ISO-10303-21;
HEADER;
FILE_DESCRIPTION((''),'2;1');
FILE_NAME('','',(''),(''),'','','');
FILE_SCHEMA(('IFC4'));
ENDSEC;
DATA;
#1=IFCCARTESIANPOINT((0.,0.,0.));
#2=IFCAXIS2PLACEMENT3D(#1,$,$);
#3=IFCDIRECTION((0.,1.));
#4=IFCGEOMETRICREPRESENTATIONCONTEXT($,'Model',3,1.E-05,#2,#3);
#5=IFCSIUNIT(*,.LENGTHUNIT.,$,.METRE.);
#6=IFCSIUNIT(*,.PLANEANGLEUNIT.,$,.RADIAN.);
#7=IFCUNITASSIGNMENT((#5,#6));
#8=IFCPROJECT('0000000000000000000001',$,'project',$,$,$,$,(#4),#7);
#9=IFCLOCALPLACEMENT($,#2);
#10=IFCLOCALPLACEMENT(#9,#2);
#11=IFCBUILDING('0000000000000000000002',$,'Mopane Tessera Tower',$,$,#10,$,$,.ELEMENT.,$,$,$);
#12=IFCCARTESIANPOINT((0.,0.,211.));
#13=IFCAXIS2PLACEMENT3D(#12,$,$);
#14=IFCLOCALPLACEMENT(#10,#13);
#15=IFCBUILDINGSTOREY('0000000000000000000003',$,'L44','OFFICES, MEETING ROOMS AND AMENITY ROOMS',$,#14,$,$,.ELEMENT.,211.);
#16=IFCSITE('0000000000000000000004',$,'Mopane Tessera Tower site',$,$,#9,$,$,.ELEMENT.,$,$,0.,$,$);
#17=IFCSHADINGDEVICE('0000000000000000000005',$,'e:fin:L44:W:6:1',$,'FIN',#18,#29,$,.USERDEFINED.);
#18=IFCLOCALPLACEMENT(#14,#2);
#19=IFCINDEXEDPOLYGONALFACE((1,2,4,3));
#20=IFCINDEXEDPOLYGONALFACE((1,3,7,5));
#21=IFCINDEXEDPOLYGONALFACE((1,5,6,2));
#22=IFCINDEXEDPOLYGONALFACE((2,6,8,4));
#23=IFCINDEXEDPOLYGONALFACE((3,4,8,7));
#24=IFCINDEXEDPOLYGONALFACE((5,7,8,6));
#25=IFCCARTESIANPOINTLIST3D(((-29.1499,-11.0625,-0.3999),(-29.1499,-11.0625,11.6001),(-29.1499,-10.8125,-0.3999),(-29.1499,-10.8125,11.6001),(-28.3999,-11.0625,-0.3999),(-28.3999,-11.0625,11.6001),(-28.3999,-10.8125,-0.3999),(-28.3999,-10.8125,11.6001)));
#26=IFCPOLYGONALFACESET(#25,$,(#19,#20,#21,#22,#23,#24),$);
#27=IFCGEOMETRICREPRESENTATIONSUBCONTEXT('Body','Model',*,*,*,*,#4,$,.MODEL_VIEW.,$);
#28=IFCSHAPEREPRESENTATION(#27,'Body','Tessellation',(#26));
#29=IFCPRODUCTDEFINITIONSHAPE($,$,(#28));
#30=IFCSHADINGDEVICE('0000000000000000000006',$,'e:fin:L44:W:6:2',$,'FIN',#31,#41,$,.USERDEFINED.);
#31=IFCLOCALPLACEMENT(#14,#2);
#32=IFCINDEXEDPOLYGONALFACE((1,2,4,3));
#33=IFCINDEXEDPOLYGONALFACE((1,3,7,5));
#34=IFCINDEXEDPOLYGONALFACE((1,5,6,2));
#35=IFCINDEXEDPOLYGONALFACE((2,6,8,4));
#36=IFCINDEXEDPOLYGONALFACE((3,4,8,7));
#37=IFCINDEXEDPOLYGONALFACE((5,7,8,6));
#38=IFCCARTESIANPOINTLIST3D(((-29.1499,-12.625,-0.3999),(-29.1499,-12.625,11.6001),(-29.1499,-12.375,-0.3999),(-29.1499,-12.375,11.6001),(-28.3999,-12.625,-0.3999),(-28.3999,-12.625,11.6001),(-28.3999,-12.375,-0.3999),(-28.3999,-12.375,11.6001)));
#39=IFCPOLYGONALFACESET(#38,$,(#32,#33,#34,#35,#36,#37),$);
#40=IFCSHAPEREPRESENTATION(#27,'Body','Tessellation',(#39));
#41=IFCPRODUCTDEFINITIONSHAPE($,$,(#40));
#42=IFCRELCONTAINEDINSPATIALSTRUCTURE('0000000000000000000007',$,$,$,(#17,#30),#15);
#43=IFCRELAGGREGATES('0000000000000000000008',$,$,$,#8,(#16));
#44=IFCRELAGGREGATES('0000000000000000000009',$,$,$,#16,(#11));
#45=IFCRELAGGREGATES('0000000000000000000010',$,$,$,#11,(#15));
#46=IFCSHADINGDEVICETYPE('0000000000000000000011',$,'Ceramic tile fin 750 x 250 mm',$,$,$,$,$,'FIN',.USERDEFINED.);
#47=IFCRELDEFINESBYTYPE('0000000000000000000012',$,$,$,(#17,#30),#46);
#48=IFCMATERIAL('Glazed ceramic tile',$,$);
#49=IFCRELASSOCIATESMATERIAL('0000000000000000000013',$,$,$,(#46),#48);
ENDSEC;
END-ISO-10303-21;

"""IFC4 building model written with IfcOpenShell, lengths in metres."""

from ifc_helpers import new_model, si_unit, direction, frame, origin, origin_2d, place, context, subcontext, project, spatial, rectangle, extrude, material, type_object, element, save


model = new_model("IFC4")

# Units and contexts
model_context = context("Model", 3, precision=1e-05, world=origin(), true_north=direction((0.0, 1.0)))
body_context = subcontext(model_context, "Body", "Model", "MODEL_VIEW")
ifc_project = project(units=[si_unit("LENGTHUNIT", "METRE"), si_unit("PLANEANGLEUNIT", "RADIAN")], contexts=[model_context])

# Site, building, storey
site_placement = place(None, origin())
site = spatial("IfcSite", under=ifc_project, at=site_placement, Name="Mopane Tessera Tower site", CompositionType="ELEMENT", RefElevation=0.0)
building_placement = place(site_placement, origin())
building = spatial("IfcBuilding", under=site, at=building_placement, Name="Mopane Tessera Tower", CompositionType="ELEMENT")
storey_placement = place(building_placement, frame((0.0, 0.0, 211.0)))
storey = spatial("IfcBuildingStorey", under=building, at=storey_placement, Name="L44", Description="OFFICES, MEETING ROOMS AND AMENITY ROOMS", CompositionType="ELEMENT", Elevation=211.0)

# Shading devices
ifc_material_1 = material(Name="Glazed ceramic tile")
shading_device_type = type_object("IfcShadingDeviceType", Name="Ceramic tile fin 750 x 250 mm", ElementType="FIN", PredefinedType="USERDEFINED", material=ifc_material_1)
for number, where, z_axis, x_axis, name in (
    (1, (-28.7749, -10.9375, -0.3999), (0.0, 0.0, 1.0), (0.0, -1.0, 0.0), "e:fin:L44:W:6:1"),
    (2, (-28.7749, -12.5, -0.3999), (0.0, 0.0, 1.0), (0.0, -1.0, 0.0), "e:fin:L44:W:6:2"),
):
    element("IfcShadingDevice", number, at=place(storey_placement, frame(where, z_axis=z_axis, x_axis=x_axis)), inside=storey, type_object=shading_device_type, Name=name, ObjectType="FIN", PredefinedType="USERDEFINED", context=body_context, shape_type="SweptSolid", body=[
        extrude(rectangle(XDim=0.25, YDim=0.75, at=origin_2d()), origin(), (0.0, 0.0, 1.0), 12.0),
    ])

save(model, "model.ifc")
